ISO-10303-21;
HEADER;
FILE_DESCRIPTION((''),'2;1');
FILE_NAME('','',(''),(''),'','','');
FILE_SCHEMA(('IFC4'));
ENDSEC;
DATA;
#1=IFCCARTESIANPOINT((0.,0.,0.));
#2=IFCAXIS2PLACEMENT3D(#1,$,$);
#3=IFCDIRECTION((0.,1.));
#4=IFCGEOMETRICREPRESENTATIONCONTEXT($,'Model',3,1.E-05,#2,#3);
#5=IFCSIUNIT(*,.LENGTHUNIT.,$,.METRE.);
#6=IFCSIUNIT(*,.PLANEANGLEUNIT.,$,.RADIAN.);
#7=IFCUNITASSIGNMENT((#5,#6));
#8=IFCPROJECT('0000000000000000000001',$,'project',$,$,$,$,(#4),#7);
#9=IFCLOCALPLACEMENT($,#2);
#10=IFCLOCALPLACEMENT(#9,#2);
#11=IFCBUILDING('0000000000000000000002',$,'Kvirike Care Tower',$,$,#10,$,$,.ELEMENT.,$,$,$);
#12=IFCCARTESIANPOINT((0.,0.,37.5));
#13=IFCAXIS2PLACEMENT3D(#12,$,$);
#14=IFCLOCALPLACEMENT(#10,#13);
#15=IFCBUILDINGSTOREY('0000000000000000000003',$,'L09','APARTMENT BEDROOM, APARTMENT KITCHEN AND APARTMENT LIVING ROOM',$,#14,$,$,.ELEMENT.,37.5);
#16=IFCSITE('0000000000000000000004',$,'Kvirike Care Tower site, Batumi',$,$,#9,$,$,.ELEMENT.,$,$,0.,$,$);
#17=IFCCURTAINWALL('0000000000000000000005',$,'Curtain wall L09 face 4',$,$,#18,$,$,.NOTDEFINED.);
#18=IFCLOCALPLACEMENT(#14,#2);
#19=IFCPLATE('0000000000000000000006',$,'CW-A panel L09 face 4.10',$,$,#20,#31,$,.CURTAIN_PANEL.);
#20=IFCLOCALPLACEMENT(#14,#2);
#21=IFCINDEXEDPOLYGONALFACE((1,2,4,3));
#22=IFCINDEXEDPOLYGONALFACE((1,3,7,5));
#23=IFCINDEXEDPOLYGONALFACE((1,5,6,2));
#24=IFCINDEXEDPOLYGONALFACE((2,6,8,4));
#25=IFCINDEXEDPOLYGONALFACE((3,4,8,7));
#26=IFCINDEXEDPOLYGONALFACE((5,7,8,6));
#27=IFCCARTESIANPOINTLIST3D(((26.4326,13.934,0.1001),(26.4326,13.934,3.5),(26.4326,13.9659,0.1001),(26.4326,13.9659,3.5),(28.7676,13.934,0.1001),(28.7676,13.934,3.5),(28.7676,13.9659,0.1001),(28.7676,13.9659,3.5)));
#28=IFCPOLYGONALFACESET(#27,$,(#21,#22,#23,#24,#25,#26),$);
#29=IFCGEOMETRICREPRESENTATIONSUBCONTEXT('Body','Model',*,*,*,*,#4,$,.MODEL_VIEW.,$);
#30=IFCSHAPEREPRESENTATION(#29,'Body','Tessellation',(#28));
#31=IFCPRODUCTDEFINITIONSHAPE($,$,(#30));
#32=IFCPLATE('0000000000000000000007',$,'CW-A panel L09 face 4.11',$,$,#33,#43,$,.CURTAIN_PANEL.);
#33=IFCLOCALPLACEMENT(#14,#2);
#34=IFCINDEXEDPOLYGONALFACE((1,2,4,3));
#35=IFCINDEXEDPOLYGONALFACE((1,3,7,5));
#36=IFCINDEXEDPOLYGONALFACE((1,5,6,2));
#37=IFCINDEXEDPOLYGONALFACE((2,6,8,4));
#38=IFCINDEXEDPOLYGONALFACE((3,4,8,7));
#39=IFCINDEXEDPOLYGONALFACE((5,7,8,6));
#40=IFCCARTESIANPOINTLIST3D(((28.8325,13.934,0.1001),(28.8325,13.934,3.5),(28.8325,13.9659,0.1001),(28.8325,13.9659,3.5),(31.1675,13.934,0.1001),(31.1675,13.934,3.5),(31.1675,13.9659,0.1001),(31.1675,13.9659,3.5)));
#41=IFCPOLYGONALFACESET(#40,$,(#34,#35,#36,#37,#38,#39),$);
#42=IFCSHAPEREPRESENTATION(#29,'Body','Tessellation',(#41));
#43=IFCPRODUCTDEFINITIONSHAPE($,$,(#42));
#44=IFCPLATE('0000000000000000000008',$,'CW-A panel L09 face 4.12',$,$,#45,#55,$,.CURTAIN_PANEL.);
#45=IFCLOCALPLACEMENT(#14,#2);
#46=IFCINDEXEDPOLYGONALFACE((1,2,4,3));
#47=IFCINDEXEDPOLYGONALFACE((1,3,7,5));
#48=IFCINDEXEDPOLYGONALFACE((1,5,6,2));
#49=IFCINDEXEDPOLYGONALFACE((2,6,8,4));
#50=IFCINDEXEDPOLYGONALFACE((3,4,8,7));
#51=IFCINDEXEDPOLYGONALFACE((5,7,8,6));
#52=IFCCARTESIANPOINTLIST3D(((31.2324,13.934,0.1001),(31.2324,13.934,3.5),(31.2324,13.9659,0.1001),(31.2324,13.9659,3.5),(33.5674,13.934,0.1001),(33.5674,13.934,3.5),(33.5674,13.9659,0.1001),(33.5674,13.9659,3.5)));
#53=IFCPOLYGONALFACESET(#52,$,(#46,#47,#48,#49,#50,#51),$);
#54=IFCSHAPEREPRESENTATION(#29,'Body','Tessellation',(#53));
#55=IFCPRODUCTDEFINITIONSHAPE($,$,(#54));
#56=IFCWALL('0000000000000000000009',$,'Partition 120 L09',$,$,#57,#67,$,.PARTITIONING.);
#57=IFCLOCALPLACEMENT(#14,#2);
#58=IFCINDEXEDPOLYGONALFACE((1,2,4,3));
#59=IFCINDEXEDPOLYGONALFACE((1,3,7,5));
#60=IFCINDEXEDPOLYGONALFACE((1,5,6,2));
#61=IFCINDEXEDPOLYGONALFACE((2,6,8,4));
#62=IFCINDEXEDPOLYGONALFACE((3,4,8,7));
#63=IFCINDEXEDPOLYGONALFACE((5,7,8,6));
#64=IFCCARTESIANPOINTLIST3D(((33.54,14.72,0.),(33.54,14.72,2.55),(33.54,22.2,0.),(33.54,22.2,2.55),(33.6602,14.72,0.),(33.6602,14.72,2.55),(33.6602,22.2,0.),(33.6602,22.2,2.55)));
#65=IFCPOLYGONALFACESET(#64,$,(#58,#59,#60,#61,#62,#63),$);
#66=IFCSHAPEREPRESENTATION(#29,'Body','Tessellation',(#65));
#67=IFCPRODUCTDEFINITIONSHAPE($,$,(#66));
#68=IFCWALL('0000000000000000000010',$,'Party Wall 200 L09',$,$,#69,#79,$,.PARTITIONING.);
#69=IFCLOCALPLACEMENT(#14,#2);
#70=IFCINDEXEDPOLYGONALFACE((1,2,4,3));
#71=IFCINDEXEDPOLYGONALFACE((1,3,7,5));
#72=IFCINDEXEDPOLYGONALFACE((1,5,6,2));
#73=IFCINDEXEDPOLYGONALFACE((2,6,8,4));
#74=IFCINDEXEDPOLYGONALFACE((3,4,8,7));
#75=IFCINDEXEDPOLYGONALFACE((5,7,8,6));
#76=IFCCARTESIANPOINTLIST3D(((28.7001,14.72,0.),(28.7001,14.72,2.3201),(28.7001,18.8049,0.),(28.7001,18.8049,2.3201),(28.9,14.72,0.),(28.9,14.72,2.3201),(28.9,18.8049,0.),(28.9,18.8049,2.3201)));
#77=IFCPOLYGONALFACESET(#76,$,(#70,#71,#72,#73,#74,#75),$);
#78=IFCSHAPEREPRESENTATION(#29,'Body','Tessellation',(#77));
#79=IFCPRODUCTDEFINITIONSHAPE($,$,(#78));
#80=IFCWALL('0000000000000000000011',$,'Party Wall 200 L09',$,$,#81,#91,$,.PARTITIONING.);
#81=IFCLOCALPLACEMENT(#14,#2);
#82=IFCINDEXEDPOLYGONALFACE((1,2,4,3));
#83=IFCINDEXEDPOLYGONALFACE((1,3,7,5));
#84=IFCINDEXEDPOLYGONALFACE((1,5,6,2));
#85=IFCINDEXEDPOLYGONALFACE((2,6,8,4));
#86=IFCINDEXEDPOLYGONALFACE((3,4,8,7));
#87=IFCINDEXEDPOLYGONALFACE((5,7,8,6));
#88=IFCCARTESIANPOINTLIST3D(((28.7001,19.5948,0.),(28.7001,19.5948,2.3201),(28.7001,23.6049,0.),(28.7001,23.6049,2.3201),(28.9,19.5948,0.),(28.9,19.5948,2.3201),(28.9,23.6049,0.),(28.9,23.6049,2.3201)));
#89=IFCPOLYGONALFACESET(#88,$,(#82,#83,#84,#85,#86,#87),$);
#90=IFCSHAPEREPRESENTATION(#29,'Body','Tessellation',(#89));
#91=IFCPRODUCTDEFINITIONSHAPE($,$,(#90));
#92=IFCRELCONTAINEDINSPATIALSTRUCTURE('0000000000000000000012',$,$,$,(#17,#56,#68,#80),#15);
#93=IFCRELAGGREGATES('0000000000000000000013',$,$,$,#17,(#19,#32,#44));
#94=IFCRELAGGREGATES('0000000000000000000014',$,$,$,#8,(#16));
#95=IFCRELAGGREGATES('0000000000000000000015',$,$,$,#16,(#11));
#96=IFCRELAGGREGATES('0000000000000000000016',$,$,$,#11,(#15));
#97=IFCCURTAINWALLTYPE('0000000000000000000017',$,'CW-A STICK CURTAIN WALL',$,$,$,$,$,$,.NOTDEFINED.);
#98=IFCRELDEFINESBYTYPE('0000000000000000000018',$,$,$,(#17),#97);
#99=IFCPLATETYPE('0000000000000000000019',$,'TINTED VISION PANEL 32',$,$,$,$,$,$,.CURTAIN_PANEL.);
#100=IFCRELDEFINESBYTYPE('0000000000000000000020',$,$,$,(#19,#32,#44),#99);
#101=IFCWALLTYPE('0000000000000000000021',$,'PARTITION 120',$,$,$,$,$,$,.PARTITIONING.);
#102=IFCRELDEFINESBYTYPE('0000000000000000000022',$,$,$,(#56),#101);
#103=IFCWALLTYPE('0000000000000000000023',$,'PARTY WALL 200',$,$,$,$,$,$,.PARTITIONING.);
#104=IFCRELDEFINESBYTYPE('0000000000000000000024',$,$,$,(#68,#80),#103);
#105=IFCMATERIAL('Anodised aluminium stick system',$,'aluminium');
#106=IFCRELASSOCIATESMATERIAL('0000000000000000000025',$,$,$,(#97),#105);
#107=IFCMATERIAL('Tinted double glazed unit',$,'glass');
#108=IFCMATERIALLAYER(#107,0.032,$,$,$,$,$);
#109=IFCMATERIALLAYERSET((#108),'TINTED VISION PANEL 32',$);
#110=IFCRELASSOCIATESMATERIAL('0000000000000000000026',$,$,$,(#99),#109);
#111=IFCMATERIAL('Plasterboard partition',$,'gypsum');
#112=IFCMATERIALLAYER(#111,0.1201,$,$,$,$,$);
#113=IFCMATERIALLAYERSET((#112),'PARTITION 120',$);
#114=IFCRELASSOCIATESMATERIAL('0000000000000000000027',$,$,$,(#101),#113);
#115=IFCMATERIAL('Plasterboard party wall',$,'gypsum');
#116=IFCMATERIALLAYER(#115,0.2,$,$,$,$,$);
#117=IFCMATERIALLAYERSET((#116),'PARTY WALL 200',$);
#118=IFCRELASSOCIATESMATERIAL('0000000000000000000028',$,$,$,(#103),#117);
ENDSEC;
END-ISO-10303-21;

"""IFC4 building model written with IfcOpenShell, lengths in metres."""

from ifc_helpers import new_model, si_unit, direction, frame, frame_2d, origin, origin_2d, place, context, subcontext, project, spatial, rectangle, extrude, material, layer, layer_set, type_object, element, aggregate, save


model = new_model("IFC4")

# Units and contexts
model_context = context("Model", 3, precision=1e-05, world=origin(), true_north=direction((0.0, 1.0)))
body_context = subcontext(model_context, "Body", "Model", "MODEL_VIEW")
ifc_project = project(units=[si_unit("LENGTHUNIT", "METRE"), si_unit("PLANEANGLEUNIT", "RADIAN")], contexts=[model_context])

# Site, building, storey
site_placement = place(None, origin())
site = spatial("IfcSite", under=ifc_project, at=site_placement, Name="Kvirike Care Tower site, Batumi", CompositionType="ELEMENT", RefElevation=0.0)
building_placement = place(site_placement, origin())
building = spatial("IfcBuilding", under=site, at=building_placement, Name="Kvirike Care Tower", CompositionType="ELEMENT")
storey_placement = place(building_placement, frame((0.0, 0.0, 37.5)))
storey = spatial("IfcBuildingStorey", under=building, at=storey_placement, Name="L09", Description="APARTMENT BEDROOM, APARTMENT KITCHEN AND APARTMENT LIVING ROOM", CompositionType="ELEMENT", Elevation=37.5)

# Curtain wall
ifc_material_1 = material(Name="Anodised aluminium stick system", Category="aluminium")
curtain_wall_type = type_object("IfcCurtainWallType", Name="CW-A STICK CURTAIN WALL", PredefinedType="NOTDEFINED", material=ifc_material_1)
curtain_wall_placement = place(storey_placement, origin())
curtain_wall = element("IfcCurtainWall", 1, at=curtain_wall_placement, inside=storey, type_object=curtain_wall_type, Name="Curtain wall L09 face 4", PredefinedType="NOTDEFINED")

# Plates
ifc_material_2 = material(Name="Tinted double glazed unit", Category="glass")
ifc_layer_1 = layer(ifc_material_2, 0.032)
ifc_layer_set_1 = layer_set([ifc_layer_1], Name="TINTED VISION PANEL 32")
plate_type = type_object("IfcPlateType", Name="TINTED VISION PANEL 32", PredefinedType="CURTAIN_PANEL", material=ifc_layer_set_1)
plate_1_placement = place(storey_placement, frame((27.6001, 13.95, 0.1001), z_axis=(0.0, 0.0, 1.0), x_axis=(1.0, 0.0, 0.0)))
plate_1 = element("IfcPlate", 2, at=plate_1_placement, type_object=plate_type, Name="CW-A panel L09 face 4.10", PredefinedType="CURTAIN_PANEL", context=body_context, shape_type="SweptSolid", body=[
    extrude(rectangle(XDim=2.335, YDim=0.032, at=origin_2d()), origin(), (0.0, 0.0, 1.0), 3.3999),
])
plate_2_placement = place(storey_placement, frame((30.0, 13.95, 0.1001), z_axis=(0.0, 0.0, 1.0), x_axis=(1.0, 0.0, 0.0)))
plate_2 = element("IfcPlate", 3, at=plate_2_placement, type_object=plate_type, Name="CW-A panel L09 face 4.11", PredefinedType="CURTAIN_PANEL", context=body_context, shape_type="SweptSolid", body=[
    extrude(rectangle(XDim=2.335, YDim=0.032, at=origin_2d()), origin(), (0.0, 0.0, 1.0), 3.3999),
])
plate_3_placement = place(storey_placement, frame((32.3999, 13.95, 0.1001), z_axis=(0.0, 0.0, 1.0), x_axis=(1.0, 0.0, 0.0)))
plate_3 = element("IfcPlate", 4, at=plate_3_placement, type_object=plate_type, Name="CW-A panel L09 face 4.12", PredefinedType="CURTAIN_PANEL", context=body_context, shape_type="SweptSolid", body=[
    extrude(rectangle(XDim=2.335, YDim=0.032, at=origin_2d()), origin(), (0.0, 0.0, 1.0), 3.3999),
])
aggregate(curtain_wall, [plate_1, plate_2, plate_3])

# Walls
ifc_material_3 = material(Name="Plasterboard partition", Category="gypsum")
ifc_layer_2 = layer(ifc_material_3, 0.1201)
ifc_layer_set_2 = layer_set([ifc_layer_2], Name="PARTITION 120")
wall_type_1 = type_object("IfcWallType", Name="PARTITION 120", PredefinedType="PARTITIONING", material=ifc_layer_set_2)
wall_1_placement = place(storey_placement, frame((33.6001, 14.72, 0.0), z_axis=(0.0, 0.0, 1.0), x_axis=(0.0, 1.0, 0.0)))
element("IfcWall", 5, at=wall_1_placement, inside=storey, type_object=wall_type_1, Name="Partition 120 L09", PredefinedType="PARTITIONING", context=body_context, shape_type="SweptSolid", body=[
    extrude(rectangle(XDim=7.48, YDim=0.1201, at=frame_2d((3.74, 0.0))), origin(), (0.0, 0.0, 1.0), 2.55),
])
ifc_material_4 = material(Name="Plasterboard party wall", Category="gypsum")
ifc_layer_3 = layer(ifc_material_4, 0.2)
ifc_layer_set_3 = layer_set([ifc_layer_3], Name="PARTY WALL 200")
wall_type_2 = type_object("IfcWallType", Name="PARTY WALL 200", PredefinedType="PARTITIONING", material=ifc_layer_set_3)
wall_2_placement = place(storey_placement, frame((28.8, 14.72, 0.0), z_axis=(0.0, 0.0, 1.0), x_axis=(0.0, 1.0, 0.0)))
element("IfcWall", 6, at=wall_2_placement, inside=storey, type_object=wall_type_2, Name="Party Wall 200 L09", PredefinedType="PARTITIONING", context=body_context, shape_type="SweptSolid", body=[
    extrude(rectangle(XDim=4.085, YDim=0.2, at=frame_2d((2.0425, 0.0))), origin(), (0.0, 0.0, 1.0), 2.3201),
])
wall_3_placement = place(storey_placement, frame((28.8, 19.595, 0.0), z_axis=(0.0, 0.0, 1.0), x_axis=(0.0, 1.0, 0.0)))
element("IfcWall", 7, at=wall_3_placement, inside=storey, type_object=wall_type_2, Name="Party Wall 200 L09", PredefinedType="PARTITIONING", context=body_context, shape_type="SweptSolid", body=[
    extrude(rectangle(XDim=4.01, YDim=0.2, at=frame_2d((2.0049, 0.0))), origin(), (0.0, 0.0, 1.0), 2.3201),
])

save(model, "model.ifc")
